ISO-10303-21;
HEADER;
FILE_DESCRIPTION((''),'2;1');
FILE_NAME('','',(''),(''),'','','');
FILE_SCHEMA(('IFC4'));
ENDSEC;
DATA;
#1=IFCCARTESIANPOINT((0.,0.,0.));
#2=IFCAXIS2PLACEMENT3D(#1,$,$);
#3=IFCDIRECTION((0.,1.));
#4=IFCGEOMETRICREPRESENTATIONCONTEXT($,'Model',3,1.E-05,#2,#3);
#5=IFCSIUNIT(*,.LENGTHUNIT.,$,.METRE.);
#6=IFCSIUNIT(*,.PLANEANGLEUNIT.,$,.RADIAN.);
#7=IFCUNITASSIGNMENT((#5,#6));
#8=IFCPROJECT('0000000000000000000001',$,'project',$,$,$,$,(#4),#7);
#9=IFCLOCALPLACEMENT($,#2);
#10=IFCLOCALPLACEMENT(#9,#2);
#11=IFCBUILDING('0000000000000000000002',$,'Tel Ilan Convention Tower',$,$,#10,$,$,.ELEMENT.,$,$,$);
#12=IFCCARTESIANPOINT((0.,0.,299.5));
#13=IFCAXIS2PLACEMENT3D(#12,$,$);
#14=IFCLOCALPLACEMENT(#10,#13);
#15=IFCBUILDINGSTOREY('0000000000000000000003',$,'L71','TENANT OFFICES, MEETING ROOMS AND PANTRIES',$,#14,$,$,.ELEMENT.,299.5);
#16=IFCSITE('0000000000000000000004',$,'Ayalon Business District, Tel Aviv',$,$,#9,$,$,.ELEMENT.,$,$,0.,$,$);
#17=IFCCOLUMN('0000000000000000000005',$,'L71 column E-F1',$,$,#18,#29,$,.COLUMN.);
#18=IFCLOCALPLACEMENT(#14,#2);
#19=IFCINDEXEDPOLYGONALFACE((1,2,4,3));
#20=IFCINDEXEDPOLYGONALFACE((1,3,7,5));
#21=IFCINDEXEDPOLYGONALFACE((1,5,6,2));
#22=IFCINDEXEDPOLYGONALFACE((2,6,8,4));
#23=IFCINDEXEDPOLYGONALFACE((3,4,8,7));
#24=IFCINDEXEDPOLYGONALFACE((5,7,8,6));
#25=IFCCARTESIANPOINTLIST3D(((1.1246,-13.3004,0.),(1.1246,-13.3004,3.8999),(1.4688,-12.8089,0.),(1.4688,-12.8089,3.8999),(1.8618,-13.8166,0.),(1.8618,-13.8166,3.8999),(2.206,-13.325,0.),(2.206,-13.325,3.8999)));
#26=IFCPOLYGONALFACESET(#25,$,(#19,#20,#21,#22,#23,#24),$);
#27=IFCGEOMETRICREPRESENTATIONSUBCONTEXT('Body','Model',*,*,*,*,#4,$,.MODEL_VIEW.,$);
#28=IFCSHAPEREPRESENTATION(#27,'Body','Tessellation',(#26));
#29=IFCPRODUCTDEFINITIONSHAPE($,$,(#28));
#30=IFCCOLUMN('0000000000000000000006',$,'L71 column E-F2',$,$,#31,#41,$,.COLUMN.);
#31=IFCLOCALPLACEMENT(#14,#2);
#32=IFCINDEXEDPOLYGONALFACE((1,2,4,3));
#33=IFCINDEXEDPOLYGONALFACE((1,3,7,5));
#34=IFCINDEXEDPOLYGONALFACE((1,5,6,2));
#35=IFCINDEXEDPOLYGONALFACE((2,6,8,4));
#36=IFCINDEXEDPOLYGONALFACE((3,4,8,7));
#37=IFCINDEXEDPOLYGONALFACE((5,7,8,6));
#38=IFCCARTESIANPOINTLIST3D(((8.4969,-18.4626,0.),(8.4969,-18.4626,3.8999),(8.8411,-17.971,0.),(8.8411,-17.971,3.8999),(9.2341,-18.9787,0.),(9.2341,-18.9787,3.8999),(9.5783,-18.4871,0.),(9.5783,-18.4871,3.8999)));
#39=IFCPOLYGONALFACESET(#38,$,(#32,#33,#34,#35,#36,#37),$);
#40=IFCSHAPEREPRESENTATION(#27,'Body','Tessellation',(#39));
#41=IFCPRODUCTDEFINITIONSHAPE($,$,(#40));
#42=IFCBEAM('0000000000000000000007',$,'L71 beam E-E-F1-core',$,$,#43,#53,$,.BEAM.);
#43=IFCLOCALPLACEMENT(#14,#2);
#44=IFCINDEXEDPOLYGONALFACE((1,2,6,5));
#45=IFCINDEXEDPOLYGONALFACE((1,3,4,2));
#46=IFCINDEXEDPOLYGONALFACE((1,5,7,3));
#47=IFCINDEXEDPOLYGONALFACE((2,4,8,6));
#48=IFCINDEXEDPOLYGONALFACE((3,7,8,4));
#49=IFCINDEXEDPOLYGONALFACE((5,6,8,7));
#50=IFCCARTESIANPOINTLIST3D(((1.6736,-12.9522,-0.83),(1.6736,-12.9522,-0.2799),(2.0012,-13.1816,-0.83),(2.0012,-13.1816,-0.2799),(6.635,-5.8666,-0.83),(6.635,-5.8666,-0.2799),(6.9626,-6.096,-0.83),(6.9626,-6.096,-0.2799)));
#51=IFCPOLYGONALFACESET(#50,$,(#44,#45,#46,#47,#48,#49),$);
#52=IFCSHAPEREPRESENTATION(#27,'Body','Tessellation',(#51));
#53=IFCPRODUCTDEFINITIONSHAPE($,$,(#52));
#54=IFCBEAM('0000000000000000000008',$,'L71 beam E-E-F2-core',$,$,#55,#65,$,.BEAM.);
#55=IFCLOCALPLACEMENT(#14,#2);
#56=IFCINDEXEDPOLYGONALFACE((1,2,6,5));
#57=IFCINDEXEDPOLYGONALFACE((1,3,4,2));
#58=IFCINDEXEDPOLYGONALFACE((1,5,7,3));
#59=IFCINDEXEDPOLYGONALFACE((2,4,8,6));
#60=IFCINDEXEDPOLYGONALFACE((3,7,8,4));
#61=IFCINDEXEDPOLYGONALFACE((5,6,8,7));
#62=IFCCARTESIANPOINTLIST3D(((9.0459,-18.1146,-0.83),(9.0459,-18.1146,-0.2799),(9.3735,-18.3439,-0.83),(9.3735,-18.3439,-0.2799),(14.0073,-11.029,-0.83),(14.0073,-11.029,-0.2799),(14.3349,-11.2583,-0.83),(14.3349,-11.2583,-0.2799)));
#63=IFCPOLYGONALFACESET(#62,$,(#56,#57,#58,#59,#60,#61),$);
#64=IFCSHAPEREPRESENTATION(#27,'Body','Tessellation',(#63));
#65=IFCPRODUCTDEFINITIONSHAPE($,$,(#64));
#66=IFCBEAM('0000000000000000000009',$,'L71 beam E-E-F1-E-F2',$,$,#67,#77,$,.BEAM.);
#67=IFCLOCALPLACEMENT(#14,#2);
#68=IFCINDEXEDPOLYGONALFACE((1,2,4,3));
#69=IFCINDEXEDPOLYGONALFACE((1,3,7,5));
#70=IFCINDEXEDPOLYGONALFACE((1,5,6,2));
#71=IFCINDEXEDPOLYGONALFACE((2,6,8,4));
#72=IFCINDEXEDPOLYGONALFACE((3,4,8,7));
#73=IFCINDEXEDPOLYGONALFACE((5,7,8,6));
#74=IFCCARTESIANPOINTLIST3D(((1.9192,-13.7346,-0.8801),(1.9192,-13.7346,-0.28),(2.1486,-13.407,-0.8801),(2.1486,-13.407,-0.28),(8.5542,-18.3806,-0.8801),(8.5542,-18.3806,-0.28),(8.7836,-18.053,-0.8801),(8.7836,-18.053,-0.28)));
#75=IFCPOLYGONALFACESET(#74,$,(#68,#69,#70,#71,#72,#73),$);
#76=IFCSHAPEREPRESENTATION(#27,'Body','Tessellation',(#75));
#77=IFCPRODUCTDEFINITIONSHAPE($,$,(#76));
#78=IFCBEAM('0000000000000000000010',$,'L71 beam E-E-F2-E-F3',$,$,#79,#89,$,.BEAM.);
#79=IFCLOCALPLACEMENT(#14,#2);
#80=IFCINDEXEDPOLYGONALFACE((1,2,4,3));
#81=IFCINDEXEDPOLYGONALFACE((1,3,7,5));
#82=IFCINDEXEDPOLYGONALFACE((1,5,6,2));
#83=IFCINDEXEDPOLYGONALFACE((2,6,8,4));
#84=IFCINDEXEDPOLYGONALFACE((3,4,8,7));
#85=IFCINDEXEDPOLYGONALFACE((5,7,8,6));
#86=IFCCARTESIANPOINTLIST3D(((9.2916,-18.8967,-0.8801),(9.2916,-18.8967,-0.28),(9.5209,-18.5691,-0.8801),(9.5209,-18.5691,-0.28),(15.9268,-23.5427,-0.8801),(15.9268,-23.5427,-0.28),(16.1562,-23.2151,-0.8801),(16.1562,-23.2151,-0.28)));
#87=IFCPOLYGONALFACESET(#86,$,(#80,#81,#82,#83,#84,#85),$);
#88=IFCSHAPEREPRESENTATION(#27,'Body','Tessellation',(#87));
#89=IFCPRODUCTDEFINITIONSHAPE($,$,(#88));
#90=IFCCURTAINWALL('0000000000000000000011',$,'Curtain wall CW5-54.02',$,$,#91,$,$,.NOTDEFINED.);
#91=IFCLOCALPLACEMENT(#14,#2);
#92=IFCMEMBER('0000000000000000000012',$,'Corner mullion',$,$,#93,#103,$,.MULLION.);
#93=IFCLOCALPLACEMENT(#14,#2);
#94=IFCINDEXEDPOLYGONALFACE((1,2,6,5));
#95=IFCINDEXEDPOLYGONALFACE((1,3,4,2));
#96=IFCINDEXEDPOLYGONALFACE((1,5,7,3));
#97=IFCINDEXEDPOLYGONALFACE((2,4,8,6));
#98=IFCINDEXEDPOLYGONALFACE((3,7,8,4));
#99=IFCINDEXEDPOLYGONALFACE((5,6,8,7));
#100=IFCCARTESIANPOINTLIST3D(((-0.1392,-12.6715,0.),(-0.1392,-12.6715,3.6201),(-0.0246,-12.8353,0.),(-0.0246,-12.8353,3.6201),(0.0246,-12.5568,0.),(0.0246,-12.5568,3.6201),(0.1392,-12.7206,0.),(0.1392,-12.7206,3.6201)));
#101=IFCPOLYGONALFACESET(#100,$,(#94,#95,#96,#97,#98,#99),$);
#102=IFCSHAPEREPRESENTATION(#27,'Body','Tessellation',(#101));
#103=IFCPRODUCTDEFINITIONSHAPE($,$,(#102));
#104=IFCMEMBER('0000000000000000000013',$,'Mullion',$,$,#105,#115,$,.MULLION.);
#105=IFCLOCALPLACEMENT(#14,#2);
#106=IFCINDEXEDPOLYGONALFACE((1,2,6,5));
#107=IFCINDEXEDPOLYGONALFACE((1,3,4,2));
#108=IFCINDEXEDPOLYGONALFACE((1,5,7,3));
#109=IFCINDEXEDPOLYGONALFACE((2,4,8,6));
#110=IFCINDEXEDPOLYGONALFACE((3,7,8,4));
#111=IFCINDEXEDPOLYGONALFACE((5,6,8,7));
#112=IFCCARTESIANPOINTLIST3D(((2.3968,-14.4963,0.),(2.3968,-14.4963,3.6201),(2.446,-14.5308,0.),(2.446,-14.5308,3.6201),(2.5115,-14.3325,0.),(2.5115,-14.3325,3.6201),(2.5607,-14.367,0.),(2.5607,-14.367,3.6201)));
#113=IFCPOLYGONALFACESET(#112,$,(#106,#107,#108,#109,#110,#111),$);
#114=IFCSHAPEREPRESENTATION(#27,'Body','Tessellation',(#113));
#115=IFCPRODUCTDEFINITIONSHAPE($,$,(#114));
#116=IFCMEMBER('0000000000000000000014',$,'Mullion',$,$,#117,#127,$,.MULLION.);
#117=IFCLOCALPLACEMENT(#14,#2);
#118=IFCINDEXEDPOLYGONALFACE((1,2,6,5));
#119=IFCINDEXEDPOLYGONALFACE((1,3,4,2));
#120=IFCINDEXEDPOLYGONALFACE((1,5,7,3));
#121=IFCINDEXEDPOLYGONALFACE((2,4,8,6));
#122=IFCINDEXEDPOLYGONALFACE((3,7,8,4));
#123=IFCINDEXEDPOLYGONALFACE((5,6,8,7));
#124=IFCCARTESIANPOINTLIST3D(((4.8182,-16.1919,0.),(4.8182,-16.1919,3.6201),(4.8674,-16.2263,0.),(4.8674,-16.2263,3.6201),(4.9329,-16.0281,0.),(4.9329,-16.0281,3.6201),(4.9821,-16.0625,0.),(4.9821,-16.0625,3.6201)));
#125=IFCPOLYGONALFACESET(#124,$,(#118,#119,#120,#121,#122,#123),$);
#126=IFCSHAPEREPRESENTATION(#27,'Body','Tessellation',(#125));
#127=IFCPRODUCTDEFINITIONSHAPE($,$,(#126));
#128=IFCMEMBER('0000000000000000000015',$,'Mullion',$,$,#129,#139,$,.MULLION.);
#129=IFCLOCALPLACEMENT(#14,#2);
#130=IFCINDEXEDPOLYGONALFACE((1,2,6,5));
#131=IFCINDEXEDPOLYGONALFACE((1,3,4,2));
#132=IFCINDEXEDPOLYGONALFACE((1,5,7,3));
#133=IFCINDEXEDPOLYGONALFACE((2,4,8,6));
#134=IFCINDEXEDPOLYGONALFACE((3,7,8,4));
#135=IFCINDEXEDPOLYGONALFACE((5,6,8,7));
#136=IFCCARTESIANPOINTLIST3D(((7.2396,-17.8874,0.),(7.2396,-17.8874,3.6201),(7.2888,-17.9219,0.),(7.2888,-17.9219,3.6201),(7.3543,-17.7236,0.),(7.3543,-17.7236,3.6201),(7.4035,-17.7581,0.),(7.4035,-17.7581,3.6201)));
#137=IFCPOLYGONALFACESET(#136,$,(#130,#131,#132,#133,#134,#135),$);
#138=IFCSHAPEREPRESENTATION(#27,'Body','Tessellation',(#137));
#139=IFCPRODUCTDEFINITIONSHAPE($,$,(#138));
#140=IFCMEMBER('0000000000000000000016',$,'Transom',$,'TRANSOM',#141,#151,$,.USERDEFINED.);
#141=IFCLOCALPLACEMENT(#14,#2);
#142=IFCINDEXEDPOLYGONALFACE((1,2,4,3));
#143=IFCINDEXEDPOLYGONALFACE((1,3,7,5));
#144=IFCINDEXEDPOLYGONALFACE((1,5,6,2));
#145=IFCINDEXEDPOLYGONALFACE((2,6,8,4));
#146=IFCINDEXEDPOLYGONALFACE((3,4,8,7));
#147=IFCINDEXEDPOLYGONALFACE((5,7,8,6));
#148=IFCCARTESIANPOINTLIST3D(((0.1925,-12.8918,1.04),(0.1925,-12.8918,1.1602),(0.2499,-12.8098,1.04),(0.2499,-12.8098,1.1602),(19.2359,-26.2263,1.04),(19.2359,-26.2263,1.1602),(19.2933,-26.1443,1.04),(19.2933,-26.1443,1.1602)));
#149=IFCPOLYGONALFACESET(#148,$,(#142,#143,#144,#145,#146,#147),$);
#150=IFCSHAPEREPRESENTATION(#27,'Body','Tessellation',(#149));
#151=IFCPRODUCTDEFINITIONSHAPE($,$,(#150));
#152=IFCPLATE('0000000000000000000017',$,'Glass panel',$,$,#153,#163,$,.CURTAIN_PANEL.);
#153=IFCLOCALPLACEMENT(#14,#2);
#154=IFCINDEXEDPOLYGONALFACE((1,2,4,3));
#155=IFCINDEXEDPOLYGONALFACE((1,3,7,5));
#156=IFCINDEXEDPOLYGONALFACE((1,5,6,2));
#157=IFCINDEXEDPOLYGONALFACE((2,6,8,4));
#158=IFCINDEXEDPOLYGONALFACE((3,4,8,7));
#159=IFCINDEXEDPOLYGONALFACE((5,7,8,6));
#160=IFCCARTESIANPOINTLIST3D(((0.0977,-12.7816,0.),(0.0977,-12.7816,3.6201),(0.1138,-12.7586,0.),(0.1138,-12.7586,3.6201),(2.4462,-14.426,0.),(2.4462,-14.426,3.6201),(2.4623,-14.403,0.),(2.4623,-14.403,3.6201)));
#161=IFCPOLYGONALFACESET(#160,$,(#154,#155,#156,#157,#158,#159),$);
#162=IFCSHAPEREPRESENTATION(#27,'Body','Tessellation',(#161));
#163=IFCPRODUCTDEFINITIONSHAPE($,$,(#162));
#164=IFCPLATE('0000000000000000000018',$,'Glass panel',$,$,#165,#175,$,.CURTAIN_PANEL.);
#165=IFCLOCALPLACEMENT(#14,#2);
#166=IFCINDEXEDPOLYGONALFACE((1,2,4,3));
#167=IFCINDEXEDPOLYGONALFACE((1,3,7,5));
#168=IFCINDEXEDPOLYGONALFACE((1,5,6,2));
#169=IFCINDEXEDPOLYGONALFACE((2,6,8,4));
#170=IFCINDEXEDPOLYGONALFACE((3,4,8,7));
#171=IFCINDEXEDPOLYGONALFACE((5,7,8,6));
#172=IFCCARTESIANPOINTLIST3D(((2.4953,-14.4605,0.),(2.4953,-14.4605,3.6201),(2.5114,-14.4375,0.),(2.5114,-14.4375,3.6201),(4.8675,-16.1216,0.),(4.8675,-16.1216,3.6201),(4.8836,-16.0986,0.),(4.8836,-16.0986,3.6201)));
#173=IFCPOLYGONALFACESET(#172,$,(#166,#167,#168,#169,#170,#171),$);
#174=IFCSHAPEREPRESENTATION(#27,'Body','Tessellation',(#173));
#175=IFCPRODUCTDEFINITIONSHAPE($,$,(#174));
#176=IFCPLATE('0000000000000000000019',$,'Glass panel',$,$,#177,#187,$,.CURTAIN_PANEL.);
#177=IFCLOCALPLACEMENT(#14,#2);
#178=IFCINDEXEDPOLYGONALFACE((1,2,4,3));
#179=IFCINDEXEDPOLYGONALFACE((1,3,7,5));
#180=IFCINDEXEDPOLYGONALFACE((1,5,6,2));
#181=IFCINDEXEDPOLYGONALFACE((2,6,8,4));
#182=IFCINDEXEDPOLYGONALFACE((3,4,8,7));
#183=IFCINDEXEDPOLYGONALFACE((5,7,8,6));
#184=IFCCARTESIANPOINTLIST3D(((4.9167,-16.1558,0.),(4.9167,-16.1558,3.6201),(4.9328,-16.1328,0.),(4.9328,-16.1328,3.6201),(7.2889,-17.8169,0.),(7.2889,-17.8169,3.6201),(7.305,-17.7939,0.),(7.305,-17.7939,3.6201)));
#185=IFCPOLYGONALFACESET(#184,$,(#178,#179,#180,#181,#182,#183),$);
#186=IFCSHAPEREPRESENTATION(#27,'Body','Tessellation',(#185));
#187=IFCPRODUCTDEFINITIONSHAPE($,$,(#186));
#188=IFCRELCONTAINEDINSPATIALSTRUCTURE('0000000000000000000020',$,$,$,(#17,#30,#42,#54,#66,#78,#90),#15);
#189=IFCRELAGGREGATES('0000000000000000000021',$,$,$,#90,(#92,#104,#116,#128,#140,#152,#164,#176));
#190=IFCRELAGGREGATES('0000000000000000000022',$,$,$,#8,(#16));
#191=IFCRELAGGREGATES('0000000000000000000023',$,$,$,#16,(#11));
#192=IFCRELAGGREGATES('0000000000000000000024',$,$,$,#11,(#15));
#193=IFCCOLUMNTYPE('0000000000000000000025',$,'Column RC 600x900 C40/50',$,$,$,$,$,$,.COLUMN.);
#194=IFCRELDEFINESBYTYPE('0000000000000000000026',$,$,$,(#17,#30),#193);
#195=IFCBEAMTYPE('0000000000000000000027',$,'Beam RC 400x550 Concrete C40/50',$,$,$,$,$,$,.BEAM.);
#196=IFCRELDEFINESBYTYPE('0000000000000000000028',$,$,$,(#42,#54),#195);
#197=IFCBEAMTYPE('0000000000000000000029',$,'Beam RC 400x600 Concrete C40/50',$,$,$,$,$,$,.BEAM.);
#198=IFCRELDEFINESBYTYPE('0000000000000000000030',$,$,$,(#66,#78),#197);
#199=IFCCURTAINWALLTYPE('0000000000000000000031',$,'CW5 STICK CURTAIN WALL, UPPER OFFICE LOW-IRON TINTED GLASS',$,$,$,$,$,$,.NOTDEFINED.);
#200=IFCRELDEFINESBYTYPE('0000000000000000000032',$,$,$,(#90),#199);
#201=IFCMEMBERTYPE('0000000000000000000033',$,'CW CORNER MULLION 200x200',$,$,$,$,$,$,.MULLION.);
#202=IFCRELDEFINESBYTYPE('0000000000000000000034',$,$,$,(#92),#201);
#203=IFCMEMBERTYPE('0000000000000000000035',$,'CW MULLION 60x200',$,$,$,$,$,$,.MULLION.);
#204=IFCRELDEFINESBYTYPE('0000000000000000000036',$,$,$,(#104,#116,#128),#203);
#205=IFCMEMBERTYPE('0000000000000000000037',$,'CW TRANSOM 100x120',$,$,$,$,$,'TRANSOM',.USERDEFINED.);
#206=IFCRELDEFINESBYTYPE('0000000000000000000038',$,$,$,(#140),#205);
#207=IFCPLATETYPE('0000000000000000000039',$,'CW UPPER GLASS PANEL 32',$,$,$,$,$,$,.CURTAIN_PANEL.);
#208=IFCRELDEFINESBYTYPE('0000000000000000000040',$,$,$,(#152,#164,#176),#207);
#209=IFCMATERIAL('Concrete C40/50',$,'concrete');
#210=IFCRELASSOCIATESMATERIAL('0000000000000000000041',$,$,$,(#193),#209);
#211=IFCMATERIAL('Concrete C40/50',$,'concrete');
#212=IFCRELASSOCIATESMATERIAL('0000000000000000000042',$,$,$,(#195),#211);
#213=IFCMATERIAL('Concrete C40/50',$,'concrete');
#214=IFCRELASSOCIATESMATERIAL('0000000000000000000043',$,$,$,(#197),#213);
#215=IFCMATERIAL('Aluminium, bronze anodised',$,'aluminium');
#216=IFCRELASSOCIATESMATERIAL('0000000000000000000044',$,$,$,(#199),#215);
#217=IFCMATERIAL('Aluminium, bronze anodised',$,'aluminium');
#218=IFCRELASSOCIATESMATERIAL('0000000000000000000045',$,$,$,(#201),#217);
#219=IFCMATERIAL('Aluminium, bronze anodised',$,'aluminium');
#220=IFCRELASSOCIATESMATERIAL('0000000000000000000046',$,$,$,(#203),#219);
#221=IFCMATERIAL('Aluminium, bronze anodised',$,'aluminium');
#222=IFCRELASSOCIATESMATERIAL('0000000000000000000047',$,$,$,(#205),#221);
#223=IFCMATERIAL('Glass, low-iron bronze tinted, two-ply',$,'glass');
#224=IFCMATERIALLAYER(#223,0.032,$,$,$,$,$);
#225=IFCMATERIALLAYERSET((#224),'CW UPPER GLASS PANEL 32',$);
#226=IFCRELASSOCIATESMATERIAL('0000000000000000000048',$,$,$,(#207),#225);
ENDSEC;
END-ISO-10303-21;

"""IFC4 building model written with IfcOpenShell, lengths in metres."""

from ifc_helpers import new_model, si_unit, direction, frame, origin, origin_2d, place, context, subcontext, project, spatial, rectangle, extrude, material, layer, layer_set, material_profile, profile_set, type_object, element, aggregate, save


model = new_model("IFC4")

# Units and contexts
model_context = context("Model", 3, precision=1e-05, world=origin(), true_north=direction((0.0, 1.0)))
body_context = subcontext(model_context, "Body", "Model", "MODEL_VIEW")
ifc_project = project(units=[si_unit("LENGTHUNIT", "METRE"), si_unit("PLANEANGLEUNIT", "RADIAN")], contexts=[model_context])

# Site, building, storey
site_placement = place(None, origin())
site = spatial("IfcSite", under=ifc_project, at=site_placement, Name="Ayalon Business District, Tel Aviv", CompositionType="ELEMENT", RefElevation=0.0)
building_placement = place(site_placement, origin())
building = spatial("IfcBuilding", under=site, at=building_placement, Name="Tel Ilan Convention Tower", CompositionType="ELEMENT")
storey_placement = place(building_placement, frame((0.0, 0.0, 299.5)))
storey = spatial("IfcBuildingStorey", under=building, at=storey_placement, Name="L71", Description="TENANT OFFICES, MEETING ROOMS AND PANTRIES", CompositionType="ELEMENT", Elevation=299.5)

# Columns
ifc_material_1 = material(Name="Concrete C40/50", Category="concrete")
ifc_material_profile_1 = material_profile(ifc_material_1, rectangle(XDim=0.8999, YDim=0.6001, at=origin_2d()), Name="RC 600x900")
ifc_profile_set_1 = profile_set([ifc_material_profile_1], Name="Concrete C40/50")
column_type = type_object("IfcColumnType", Name="Column RC 600x900 C40/50", PredefinedType="COLUMN", material=ifc_profile_set_1)
for number, where, z_axis, x_axis, name in (
    (1, (1.6653, -13.3127, 0.0), (0.0, 0.0, 1.0), (0.819152, -0.573576, 0.0), "L71 column E-F1"),
    (2, (9.0376, -18.4749, 0.0), (0.0, 0.0, 1.0), (0.819152, -0.573576, 0.0), "L71 column E-F2"),
):
    element("IfcColumn", number, at=place(storey_placement, frame(where, z_axis=z_axis, x_axis=x_axis)), inside=storey, type_object=column_type, Name=name, PredefinedType="COLUMN", context=body_context, shape_type="SweptSolid", body=[
        extrude(rectangle(XDim=0.8999, YDim=0.6001, at=origin_2d()), origin(), (0.0, 0.0, 1.0), 3.8999),
    ])

# Beams
ifc_material_2 = material(Name="Concrete C40/50", Category="concrete")
ifc_material_profile_2 = material_profile(ifc_material_2, rectangle(XDim=0.3999, YDim=0.55, at=origin_2d()), Name="RC 400x550")
ifc_profile_set_2 = profile_set([ifc_material_profile_2], Name="Concrete C40/50")
beam_type_1 = type_object("IfcBeamType", Name="Beam RC 400x550 Concrete C40/50", PredefinedType="BEAM", material=ifc_profile_set_2)
for number, where, z_axis, x_axis, name in (
    (3, (1.8374, -13.0669, -0.5549), (0.573574, 0.819154, 0.0), (-0.819154, 0.573574, 0.0), "L71 beam E-E-F1-core"),
    (4, (9.2097, -18.2292, -0.5549), (0.573574, 0.819154, 0.0), (-0.819154, 0.573574, 0.0), "L71 beam E-E-F2-core"),
):
    element("IfcBeam", number, at=place(storey_placement, frame(where, z_axis=z_axis, x_axis=x_axis)), inside=storey, type_object=beam_type_1, Name=name, PredefinedType="BEAM", context=body_context, shape_type="SweptSolid", body=[
        extrude(rectangle(XDim=0.3999, YDim=0.55, at=origin_2d()), origin(), (0.0, 0.0, 1.0), 8.6499),
    ])
ifc_material_3 = material(Name="Concrete C40/50", Category="concrete")
ifc_material_profile_3 = material_profile(ifc_material_3, rectangle(XDim=0.3999, YDim=0.6001, at=origin_2d()), Name="RC 400x600")
ifc_profile_set_3 = profile_set([ifc_material_profile_3], Name="Concrete C40/50")
beam_type_2 = type_object("IfcBeamType", Name="Beam RC 400x600 Concrete C40/50", PredefinedType="BEAM", material=ifc_profile_set_3)
beam_1_placement = place(storey_placement, frame((2.0339, -13.5708, -0.5801), z_axis=(0.819146, -0.573586, 0.0), x_axis=(0.573586, 0.819146, 0.0)))
element("IfcBeam", 5, at=beam_1_placement, inside=storey, type_object=beam_type_2, Name="L71 beam E-E-F1-E-F2", PredefinedType="BEAM", context=body_context, shape_type="SweptSolid", body=[
    extrude(rectangle(XDim=0.3999, YDim=0.6001, at=origin_2d()), origin(), (0.0, 0.0, 1.0), 8.0999),
])
beam_2_placement = place(storey_placement, frame((9.4062, -18.7329, -0.5801), z_axis=(0.819155, -0.573572, 0.0), x_axis=(0.573572, 0.819155, 0.0)))
element("IfcBeam", 6, at=beam_2_placement, inside=storey, type_object=beam_type_2, Name="L71 beam E-E-F2-E-F3", PredefinedType="BEAM", context=body_context, shape_type="SweptSolid", body=[
    extrude(rectangle(XDim=0.3999, YDim=0.6001, at=origin_2d()), origin(), (0.0, 0.0, 1.0), 8.1001),
])

# Curtain wall, members, plates
ifc_material_4 = material(Name="Aluminium, bronze anodised", Category="aluminium")
curtain_wall_type = type_object("IfcCurtainWallType", Name="CW5 STICK CURTAIN WALL, UPPER OFFICE LOW-IRON TINTED GLASS", PredefinedType="NOTDEFINED", material=ifc_material_4)
curtain_wall_placement = place(storey_placement, origin())
curtain_wall = element("IfcCurtainWall", 7, at=curtain_wall_placement, inside=storey, type_object=curtain_wall_type, Name="Curtain wall CW5-54.02", PredefinedType="NOTDEFINED")
ifc_material_5 = material(Name="Aluminium, bronze anodised", Category="aluminium")
ifc_material_profile_4 = material_profile(ifc_material_5, rectangle(XDim=0.2, YDim=0.2, at=origin_2d()), Name="CW CORNER MULLION 200x200")
ifc_profile_set_4 = profile_set([ifc_material_profile_4], Name="Aluminium, bronze anodised")
member_type_1 = type_object("IfcMemberType", Name="CW CORNER MULLION 200x200", PredefinedType="MULLION", material=ifc_profile_set_4)
member_1_placement = place(storey_placement, frame((0.0, -12.696, 0.0), z_axis=(0.0, 0.0, 1.0), x_axis=(0.819152, 0.573576, 0.0)))
member_1 = element("IfcMember", 8, at=member_1_placement, type_object=member_type_1, Name="Corner mullion", PredefinedType="MULLION", context=body_context, shape_type="SweptSolid", body=[
    extrude(rectangle(XDim=0.2, YDim=0.2, at=origin_2d()), origin(), (0.0, 0.0, 1.0), 3.6201),
])
ifc_material_6 = material(Name="Aluminium, bronze anodised", Category="aluminium")
ifc_material_profile_5 = material_profile(ifc_material_6, rectangle(XDim=0.0601, YDim=0.2, at=origin_2d()), Name="CW MULLION 60x200")
ifc_profile_set_5 = profile_set([ifc_material_profile_5], Name="Aluminium, bronze anodised")
member_type_2 = type_object("IfcMemberType", Name="CW MULLION 60x200", PredefinedType="MULLION", material=ifc_profile_set_5)
member_2_placement = place(storey_placement, frame((2.4788, -14.4316, 0.0), z_axis=(0.0, 0.0, 1.0), x_axis=(0.819152, -0.573576, 0.0)))
member_2 = element("IfcMember", 9, at=member_2_placement, type_object=member_type_2, Name="Mullion", PredefinedType="MULLION", context=body_context, shape_type="SweptSolid", body=[
    extrude(rectangle(XDim=0.0601, YDim=0.2, at=origin_2d()), origin(), (0.0, 0.0, 1.0), 3.6201),
])
member_3_placement = place(storey_placement, frame((4.9001, -16.1272, 0.0), z_axis=(0.0, 0.0, 1.0), x_axis=(0.819152, -0.573576, 0.0)))
member_3 = element("IfcMember", 10, at=member_3_placement, type_object=member_type_2, Name="Mullion", PredefinedType="MULLION", context=body_context, shape_type="SweptSolid", body=[
    extrude(rectangle(XDim=0.0601, YDim=0.2, at=origin_2d()), origin(), (0.0, 0.0, 1.0), 3.6201),
])
member_4_placement = place(storey_placement, frame((7.3215, -17.8228, 0.0), z_axis=(0.0, 0.0, 1.0), x_axis=(0.819152, -0.573576, 0.0)))
member_4 = element("IfcMember", 11, at=member_4_placement, type_object=member_type_2, Name="Mullion", PredefinedType="MULLION", context=body_context, shape_type="SweptSolid", body=[
    extrude(rectangle(XDim=0.0601, YDim=0.2, at=origin_2d()), origin(), (0.0, 0.0, 1.0), 3.6201),
])
ifc_material_7 = material(Name="Aluminium, bronze anodised", Category="aluminium")
ifc_material_profile_6 = material_profile(ifc_material_7, rectangle(XDim=0.1001, YDim=0.1201, at=origin_2d()), Name="CW TRANSOM 100x120")
ifc_profile_set_6 = profile_set([ifc_material_profile_6], Name="Aluminium, bronze anodised")
member_type_3 = type_object("IfcMemberType", Name="CW TRANSOM 100x120", ElementType="TRANSOM", PredefinedType="USERDEFINED", material=ifc_profile_set_6)
member_5_placement = place(storey_placement, frame((0.2212, -12.8508, 1.1001), z_axis=(0.81915, -0.573579, 0.0), x_axis=(0.573579, 0.81915, 0.0)))
member_5 = element("IfcMember", 12, at=member_5_placement, type_object=member_type_3, Name="Transom", ObjectType="TRANSOM", PredefinedType="USERDEFINED", context=body_context, shape_type="SweptSolid", body=[
    extrude(rectangle(XDim=0.1001, YDim=0.1201, at=origin_2d()), origin(), (0.0, 0.0, 1.0), 23.2478),
])
ifc_material_8 = material(Name="Glass, low-iron bronze tinted, two-ply", Category="glass")
ifc_layer_1 = layer(ifc_material_8, 0.032)
ifc_layer_set_1 = layer_set([ifc_layer_1], Name="CW UPPER GLASS PANEL 32")
plate_type = type_object("IfcPlateType", Name="CW UPPER GLASS PANEL 32", PredefinedType="CURTAIN_PANEL", material=ifc_layer_set_1)
plate_1_placement = place(storey_placement, frame((1.28, -13.5923, 0.0), z_axis=(0.0, 0.0, 1.0), x_axis=(0.819152, -0.573576, 0.0)))
plate_1 = element("IfcPlate", 13, at=plate_1_placement, type_object=plate_type, Name="Glass panel", PredefinedType="CURTAIN_PANEL", context=body_context, shape_type="SweptSolid", body=[
    extrude(rectangle(XDim=2.8669, YDim=0.0281, at=origin_2d()), origin(), (0.0, 0.0, 1.0), 3.6201),
])
plate_2_placement = place(storey_placement, frame((3.6895, -15.2795, 0.0), z_axis=(0.0, 0.0, 1.0), x_axis=(0.819152, -0.573576, 0.0)))
plate_2 = element("IfcPlate", 14, at=plate_2_placement, type_object=plate_type, Name="Glass panel", PredefinedType="CURTAIN_PANEL", context=body_context, shape_type="SweptSolid", body=[
    extrude(rectangle(XDim=2.896, YDim=0.0281, at=origin_2d()), origin(), (0.0, 0.0, 1.0), 3.6201),
])
plate_3_placement = place(storey_placement, frame((6.1108, -16.9749, 0.0), z_axis=(0.0, 0.0, 1.0), x_axis=(0.819152, -0.573576, 0.0)))
plate_3 = element("IfcPlate", 15, at=plate_3_placement, type_object=plate_type, Name="Glass panel", PredefinedType="CURTAIN_PANEL", context=body_context, shape_type="SweptSolid", body=[
    extrude(rectangle(XDim=2.896, YDim=0.0281, at=origin_2d()), origin(), (0.0, 0.0, 1.0), 3.6201),
])
aggregate(curtain_wall, [member_1, member_2, member_3, member_4, member_5, plate_1, plate_2, plate_3])

save(model, "model.ifc")
